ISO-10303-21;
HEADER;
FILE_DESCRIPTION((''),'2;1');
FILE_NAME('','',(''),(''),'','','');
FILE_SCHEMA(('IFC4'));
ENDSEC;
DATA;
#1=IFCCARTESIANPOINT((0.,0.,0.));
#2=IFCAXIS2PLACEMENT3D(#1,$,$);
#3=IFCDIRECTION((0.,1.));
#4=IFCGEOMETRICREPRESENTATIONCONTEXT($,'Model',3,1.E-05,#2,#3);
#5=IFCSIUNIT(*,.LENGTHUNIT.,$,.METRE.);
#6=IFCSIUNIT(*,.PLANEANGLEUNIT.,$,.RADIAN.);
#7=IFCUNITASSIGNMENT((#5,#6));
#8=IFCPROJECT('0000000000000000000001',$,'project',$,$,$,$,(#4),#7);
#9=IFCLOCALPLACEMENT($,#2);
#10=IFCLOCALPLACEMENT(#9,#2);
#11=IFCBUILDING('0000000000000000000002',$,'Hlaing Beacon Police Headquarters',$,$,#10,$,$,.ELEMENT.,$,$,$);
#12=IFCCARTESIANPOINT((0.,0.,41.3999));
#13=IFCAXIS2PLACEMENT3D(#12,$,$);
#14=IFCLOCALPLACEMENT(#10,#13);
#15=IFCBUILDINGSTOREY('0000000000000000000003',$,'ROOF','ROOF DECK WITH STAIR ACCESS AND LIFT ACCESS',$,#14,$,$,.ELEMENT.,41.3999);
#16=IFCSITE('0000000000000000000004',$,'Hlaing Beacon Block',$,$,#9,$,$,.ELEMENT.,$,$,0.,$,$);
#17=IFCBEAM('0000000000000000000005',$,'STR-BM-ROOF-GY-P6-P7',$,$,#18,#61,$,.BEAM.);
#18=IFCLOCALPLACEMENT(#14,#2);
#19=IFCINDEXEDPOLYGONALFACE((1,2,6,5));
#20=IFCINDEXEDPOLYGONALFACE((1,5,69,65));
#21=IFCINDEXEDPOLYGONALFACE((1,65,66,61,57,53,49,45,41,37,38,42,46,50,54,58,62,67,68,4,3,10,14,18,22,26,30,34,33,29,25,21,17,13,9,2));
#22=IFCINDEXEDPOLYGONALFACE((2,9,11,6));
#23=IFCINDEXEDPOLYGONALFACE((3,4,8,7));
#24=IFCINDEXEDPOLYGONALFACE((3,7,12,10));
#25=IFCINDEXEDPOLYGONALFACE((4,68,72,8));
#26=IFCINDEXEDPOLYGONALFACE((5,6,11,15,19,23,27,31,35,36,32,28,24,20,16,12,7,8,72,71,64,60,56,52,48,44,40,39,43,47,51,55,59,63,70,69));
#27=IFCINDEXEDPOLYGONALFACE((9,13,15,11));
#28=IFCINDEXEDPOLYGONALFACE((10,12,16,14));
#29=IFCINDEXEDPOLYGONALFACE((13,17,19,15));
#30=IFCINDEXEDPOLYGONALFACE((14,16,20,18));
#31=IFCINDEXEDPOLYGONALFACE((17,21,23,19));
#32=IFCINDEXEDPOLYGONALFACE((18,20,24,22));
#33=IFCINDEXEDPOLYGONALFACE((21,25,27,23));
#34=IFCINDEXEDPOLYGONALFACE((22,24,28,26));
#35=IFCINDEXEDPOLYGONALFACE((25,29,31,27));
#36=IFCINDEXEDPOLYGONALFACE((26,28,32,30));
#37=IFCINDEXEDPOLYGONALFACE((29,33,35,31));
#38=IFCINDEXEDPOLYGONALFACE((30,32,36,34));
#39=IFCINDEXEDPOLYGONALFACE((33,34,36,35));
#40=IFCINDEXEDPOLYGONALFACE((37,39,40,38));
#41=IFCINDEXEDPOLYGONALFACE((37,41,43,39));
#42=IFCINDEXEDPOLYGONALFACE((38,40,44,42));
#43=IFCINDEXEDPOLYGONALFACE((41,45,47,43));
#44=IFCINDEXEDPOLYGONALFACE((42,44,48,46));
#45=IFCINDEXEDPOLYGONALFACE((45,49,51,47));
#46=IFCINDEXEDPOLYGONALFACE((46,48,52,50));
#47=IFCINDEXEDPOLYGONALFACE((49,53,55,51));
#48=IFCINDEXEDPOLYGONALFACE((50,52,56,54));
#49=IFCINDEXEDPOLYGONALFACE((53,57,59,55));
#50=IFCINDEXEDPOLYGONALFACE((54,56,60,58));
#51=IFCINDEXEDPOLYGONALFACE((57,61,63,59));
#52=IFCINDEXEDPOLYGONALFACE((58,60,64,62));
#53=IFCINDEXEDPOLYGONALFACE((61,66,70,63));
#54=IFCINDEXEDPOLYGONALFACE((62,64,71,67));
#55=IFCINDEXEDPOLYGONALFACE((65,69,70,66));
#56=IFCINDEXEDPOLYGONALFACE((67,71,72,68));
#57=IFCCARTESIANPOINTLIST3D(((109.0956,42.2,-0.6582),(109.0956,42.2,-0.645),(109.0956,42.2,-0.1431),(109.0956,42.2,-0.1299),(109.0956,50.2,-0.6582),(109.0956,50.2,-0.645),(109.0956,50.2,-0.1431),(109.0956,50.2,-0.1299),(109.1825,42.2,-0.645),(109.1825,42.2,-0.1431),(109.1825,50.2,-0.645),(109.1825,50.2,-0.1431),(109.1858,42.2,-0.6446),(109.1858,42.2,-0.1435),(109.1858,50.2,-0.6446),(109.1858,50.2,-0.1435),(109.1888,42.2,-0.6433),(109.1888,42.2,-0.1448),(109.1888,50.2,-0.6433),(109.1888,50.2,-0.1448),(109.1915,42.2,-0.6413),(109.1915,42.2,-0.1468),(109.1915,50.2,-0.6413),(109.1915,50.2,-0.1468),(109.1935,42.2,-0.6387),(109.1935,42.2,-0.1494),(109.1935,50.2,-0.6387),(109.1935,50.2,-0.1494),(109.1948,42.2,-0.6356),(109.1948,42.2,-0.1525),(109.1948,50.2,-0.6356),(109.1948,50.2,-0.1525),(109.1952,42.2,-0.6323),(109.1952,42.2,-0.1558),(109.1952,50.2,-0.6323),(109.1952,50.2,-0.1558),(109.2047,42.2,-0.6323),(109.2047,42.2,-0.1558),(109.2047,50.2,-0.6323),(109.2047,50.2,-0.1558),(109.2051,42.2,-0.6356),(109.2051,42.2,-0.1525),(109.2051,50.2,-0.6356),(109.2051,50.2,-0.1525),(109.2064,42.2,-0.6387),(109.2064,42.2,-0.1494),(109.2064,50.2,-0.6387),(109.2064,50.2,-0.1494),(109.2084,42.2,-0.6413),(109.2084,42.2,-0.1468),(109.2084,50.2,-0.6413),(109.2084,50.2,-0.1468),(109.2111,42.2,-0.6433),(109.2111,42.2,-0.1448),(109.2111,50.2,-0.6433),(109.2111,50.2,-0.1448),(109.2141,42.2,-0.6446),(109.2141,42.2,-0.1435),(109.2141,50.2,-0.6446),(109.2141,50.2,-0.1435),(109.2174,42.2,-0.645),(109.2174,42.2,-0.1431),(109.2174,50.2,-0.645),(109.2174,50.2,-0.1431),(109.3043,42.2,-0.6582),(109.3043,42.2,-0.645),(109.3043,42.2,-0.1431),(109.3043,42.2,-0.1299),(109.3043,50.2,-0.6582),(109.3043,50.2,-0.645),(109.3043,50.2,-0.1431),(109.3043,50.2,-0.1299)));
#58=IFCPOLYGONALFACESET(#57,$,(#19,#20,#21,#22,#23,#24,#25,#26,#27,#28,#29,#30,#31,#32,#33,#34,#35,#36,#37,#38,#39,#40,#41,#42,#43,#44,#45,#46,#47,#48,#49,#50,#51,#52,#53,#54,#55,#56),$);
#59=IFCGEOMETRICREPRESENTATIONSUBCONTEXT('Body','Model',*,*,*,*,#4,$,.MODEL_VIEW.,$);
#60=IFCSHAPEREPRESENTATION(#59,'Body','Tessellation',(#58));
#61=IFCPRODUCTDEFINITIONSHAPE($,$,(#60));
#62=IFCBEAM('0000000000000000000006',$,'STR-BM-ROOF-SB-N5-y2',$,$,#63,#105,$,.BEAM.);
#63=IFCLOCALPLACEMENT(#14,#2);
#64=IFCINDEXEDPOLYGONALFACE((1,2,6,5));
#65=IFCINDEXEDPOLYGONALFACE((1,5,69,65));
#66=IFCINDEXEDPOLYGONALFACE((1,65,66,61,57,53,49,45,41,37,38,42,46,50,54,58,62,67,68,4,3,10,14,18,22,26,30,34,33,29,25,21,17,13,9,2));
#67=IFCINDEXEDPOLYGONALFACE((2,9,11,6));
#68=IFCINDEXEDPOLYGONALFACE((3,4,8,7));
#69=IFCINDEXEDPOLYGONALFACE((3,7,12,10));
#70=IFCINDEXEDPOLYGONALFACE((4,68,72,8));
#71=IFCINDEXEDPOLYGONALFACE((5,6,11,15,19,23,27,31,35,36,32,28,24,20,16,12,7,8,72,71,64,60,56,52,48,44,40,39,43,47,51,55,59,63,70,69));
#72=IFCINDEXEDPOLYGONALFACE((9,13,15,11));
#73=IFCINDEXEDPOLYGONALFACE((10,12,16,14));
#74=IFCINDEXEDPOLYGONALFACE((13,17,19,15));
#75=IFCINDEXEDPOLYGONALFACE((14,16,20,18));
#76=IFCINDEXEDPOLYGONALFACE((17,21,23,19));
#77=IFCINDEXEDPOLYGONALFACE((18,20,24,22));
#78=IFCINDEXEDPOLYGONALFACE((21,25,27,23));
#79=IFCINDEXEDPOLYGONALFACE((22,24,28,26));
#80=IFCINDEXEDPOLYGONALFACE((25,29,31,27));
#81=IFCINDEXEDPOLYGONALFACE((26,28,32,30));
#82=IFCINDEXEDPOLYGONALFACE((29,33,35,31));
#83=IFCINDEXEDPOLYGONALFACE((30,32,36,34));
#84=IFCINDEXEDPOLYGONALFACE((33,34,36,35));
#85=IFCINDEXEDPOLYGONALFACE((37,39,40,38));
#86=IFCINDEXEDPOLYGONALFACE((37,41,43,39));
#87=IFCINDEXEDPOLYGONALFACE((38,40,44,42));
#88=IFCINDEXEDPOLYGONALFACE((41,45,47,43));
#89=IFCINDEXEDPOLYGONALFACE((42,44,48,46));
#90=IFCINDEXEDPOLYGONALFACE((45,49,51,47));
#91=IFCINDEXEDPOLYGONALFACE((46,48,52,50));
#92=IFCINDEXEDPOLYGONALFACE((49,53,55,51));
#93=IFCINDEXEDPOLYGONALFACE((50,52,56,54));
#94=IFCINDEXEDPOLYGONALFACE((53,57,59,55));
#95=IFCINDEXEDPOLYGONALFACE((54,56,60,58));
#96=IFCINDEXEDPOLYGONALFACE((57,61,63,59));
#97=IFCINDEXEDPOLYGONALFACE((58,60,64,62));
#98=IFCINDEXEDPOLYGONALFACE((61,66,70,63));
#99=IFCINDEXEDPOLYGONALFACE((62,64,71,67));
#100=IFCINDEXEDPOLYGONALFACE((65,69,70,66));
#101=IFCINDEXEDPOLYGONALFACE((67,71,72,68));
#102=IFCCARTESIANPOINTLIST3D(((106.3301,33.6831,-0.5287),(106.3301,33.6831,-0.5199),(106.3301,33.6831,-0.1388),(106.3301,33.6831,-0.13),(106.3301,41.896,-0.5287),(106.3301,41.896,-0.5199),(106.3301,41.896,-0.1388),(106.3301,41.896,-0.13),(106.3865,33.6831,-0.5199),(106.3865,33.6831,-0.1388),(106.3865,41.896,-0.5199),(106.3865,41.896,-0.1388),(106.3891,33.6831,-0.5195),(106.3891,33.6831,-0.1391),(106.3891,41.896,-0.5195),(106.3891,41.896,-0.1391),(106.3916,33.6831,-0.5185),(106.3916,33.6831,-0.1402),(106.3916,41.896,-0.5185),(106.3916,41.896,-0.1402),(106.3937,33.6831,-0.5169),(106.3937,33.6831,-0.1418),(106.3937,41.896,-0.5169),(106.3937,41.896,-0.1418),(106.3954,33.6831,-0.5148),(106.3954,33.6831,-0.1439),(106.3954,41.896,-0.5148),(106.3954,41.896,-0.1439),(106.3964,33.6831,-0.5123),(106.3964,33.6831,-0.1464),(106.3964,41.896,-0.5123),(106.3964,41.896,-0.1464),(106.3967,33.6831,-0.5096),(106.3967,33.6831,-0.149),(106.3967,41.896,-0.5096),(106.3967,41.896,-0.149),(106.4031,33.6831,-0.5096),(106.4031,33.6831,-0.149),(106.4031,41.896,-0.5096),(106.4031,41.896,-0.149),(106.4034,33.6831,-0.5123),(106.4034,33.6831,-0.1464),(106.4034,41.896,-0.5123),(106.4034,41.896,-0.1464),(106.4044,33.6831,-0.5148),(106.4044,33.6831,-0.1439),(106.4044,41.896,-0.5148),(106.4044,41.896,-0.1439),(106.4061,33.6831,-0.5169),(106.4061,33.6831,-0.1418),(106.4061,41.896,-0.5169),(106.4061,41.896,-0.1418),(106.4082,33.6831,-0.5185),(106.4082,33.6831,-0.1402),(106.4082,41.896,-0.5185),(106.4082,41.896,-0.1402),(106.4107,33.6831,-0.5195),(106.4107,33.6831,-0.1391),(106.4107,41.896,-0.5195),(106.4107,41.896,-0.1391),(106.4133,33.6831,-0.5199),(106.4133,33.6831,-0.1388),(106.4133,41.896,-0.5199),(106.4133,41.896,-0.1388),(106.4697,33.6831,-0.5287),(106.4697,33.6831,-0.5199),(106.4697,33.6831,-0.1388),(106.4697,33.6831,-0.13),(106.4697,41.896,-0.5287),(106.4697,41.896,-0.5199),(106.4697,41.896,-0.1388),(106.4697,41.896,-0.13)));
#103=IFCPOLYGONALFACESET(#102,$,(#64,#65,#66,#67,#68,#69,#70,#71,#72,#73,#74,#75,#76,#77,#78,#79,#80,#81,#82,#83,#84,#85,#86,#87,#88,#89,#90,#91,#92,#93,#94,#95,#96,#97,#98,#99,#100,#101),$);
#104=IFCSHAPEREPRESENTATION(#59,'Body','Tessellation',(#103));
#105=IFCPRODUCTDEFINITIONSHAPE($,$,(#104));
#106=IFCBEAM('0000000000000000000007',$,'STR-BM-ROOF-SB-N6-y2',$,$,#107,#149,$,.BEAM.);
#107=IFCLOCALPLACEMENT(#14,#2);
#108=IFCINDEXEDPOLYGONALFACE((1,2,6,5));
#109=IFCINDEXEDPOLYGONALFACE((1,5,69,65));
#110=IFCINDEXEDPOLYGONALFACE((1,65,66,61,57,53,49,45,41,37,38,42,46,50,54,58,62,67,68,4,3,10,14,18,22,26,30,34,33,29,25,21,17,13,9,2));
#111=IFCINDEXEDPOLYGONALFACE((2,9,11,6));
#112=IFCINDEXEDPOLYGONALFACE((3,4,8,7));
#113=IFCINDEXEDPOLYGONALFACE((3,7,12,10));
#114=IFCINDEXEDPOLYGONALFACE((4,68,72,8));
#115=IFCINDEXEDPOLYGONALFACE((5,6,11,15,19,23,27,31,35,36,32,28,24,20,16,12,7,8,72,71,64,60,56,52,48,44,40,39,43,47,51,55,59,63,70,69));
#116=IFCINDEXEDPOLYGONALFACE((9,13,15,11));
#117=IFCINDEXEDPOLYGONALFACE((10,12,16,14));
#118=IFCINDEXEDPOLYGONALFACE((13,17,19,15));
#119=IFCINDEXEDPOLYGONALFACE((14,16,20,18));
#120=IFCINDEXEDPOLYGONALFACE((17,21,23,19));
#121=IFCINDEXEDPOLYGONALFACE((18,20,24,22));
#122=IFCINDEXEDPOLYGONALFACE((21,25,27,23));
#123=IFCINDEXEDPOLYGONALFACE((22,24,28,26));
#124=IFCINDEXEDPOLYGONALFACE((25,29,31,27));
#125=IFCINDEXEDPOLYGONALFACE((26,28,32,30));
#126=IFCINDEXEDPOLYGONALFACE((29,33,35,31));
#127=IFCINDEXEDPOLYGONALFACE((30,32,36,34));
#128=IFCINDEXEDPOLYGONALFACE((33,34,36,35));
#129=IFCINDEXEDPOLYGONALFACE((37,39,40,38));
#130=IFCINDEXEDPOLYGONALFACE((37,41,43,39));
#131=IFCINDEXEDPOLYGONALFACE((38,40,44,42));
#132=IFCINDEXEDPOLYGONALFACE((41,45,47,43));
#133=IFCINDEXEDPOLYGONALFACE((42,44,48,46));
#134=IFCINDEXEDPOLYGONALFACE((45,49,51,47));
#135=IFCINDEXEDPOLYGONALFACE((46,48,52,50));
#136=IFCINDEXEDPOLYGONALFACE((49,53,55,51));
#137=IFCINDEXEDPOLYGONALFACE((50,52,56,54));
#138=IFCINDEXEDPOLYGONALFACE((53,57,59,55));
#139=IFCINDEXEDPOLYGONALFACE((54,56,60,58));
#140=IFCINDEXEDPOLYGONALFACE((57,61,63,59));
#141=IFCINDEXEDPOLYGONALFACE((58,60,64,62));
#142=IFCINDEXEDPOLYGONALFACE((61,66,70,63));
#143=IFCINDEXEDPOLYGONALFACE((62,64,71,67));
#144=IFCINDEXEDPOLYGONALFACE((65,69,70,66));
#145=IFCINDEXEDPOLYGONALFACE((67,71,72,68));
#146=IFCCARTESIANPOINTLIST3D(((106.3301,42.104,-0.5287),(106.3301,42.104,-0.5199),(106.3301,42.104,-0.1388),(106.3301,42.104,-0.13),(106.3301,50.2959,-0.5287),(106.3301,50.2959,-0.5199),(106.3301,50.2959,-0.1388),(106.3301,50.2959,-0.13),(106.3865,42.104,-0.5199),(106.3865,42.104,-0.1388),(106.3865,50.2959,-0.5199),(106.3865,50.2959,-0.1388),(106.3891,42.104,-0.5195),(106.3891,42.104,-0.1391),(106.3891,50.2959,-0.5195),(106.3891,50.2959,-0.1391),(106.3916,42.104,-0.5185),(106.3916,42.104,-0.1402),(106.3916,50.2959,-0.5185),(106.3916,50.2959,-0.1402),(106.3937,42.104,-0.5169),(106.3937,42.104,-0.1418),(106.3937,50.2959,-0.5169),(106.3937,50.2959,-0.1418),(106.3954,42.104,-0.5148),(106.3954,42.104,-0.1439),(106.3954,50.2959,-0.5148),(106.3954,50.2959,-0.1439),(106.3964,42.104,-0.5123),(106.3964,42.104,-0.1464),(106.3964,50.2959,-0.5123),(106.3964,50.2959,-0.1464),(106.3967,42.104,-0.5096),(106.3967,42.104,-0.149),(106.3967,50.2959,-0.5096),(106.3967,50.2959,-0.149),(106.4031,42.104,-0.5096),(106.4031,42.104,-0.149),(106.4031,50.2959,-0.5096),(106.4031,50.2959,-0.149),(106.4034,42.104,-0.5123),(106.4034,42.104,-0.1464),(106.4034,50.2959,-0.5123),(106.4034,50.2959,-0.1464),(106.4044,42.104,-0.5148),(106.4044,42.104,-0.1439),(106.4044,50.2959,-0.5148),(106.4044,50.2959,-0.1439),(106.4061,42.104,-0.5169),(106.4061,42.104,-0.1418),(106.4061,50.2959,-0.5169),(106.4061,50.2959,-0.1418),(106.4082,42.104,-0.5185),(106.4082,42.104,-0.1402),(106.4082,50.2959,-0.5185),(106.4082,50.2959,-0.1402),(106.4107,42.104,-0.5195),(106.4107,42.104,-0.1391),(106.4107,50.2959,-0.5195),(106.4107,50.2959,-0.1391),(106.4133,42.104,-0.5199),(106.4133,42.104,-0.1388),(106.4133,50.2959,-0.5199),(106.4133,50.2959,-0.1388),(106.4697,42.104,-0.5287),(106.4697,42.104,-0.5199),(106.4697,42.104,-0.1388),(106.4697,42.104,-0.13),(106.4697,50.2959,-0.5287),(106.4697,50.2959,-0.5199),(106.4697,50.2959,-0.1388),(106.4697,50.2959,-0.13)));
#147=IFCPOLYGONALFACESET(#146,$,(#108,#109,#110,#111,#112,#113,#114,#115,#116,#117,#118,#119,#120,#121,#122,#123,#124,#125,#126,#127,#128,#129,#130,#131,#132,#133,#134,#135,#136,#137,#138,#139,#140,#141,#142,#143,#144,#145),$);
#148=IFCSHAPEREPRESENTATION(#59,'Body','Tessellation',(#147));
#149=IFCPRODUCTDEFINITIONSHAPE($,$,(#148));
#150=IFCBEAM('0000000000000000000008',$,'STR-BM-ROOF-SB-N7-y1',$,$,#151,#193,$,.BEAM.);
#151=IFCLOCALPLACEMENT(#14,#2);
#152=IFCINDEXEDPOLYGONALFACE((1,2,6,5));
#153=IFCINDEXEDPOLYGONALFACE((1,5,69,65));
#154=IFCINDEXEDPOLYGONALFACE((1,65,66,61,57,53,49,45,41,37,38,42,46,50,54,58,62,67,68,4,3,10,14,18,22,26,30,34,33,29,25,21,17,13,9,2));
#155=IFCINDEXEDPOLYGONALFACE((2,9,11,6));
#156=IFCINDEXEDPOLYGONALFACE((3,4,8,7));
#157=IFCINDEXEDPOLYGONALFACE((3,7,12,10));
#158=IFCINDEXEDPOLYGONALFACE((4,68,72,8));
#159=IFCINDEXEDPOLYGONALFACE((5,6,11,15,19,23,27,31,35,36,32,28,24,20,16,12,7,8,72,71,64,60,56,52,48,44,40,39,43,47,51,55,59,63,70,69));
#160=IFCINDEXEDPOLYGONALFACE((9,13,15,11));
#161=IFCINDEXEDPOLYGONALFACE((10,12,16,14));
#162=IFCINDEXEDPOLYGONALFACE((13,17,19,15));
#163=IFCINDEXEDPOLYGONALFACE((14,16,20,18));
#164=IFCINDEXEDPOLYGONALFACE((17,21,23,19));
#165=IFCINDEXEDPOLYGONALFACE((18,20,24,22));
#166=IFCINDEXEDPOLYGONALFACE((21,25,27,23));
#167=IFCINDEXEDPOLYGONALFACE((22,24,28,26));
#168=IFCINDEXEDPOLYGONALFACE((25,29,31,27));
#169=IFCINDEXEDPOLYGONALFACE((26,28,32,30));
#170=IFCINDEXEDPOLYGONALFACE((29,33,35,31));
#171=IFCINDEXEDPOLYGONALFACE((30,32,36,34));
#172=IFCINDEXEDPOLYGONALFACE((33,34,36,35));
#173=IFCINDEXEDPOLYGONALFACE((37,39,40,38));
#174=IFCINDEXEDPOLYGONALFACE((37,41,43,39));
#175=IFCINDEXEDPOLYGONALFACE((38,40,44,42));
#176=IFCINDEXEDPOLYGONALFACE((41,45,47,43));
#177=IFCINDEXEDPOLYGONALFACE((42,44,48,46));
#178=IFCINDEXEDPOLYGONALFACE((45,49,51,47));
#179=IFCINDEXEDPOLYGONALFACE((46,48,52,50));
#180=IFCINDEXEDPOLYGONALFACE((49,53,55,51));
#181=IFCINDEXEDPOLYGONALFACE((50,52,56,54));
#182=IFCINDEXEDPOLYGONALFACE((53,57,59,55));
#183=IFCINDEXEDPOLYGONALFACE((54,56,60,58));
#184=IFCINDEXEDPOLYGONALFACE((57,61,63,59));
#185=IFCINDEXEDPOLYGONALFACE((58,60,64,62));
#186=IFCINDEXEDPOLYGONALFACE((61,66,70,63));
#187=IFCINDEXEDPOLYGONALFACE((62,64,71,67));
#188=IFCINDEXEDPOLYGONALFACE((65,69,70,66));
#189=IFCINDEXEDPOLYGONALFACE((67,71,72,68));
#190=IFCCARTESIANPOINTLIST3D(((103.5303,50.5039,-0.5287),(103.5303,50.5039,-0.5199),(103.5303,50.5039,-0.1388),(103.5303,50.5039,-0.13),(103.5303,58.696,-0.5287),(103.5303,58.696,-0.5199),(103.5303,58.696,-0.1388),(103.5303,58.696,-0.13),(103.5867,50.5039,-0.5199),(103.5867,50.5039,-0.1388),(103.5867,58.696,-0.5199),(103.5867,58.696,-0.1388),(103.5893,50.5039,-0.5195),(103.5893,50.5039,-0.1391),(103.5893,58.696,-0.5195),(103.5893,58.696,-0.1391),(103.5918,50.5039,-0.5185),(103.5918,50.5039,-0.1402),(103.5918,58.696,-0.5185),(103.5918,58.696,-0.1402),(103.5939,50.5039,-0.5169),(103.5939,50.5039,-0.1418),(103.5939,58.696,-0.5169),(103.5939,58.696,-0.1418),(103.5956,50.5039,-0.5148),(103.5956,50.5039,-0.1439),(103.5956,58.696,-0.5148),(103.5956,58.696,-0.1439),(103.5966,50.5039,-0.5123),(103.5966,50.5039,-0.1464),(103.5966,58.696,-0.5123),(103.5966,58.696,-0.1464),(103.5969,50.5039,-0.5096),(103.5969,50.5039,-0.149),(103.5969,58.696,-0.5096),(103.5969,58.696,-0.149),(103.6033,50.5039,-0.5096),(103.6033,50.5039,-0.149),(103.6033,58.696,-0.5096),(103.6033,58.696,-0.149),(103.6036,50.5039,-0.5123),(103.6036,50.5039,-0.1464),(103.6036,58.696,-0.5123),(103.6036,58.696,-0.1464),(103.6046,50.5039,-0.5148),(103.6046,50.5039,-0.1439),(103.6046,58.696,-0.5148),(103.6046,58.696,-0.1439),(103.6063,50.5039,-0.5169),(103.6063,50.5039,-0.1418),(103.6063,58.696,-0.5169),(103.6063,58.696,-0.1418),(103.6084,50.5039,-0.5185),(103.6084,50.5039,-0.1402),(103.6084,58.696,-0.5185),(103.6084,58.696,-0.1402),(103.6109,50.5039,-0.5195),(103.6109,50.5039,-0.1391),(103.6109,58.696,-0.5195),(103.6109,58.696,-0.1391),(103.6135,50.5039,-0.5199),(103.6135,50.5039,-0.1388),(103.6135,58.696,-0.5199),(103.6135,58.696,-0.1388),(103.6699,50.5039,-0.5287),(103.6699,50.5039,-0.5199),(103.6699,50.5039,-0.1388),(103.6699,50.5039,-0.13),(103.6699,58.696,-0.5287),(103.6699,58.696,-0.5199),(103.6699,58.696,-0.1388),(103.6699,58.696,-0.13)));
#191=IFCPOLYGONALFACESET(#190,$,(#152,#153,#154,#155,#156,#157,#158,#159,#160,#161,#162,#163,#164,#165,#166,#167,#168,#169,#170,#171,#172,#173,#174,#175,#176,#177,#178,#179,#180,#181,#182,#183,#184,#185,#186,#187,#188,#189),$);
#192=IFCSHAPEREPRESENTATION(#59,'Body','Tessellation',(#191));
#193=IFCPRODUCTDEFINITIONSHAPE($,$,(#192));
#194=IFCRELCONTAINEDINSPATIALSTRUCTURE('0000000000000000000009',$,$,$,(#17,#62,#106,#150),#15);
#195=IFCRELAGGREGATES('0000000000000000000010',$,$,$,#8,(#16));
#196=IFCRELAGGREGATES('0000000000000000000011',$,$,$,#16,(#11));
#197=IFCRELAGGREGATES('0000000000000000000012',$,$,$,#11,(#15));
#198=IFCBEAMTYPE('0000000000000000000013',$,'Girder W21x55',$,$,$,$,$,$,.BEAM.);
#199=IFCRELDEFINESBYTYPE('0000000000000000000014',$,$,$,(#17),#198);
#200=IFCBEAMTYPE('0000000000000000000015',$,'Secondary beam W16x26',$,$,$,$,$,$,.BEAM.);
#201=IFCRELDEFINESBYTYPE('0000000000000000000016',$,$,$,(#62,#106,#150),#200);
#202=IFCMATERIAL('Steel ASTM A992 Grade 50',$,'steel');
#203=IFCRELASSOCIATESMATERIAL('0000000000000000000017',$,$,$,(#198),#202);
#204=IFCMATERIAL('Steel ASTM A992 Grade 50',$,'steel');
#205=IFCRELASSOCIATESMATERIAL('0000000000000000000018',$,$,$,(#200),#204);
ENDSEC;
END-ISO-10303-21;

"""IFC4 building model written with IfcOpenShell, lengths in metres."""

from ifc_helpers import new_model, si_unit, direction, frame, origin, origin_2d, place, context, subcontext, project, spatial, i_section, extrude, material, material_profile, profile_set, type_object, element, save


model = new_model("IFC4")

# Units and contexts
model_context = context("Model", 3, precision=1e-05, world=origin(), true_north=direction((0.0, 1.0)))
body_context = subcontext(model_context, "Body", "Model", "MODEL_VIEW")
ifc_project = project(units=[si_unit("LENGTHUNIT", "METRE"), si_unit("PLANEANGLEUNIT", "RADIAN")], contexts=[model_context])

# Site, building, storey
site_placement = place(None, origin())
site = spatial("IfcSite", under=ifc_project, at=site_placement, Name="Hlaing Beacon Block", CompositionType="ELEMENT", RefElevation=0.0)
building_placement = place(site_placement, origin())
building = spatial("IfcBuilding", under=site, at=building_placement, Name="Hlaing Beacon Police Headquarters", CompositionType="ELEMENT")
storey_placement = place(building_placement, frame((0.0, 0.0, 41.3999)))
storey = spatial("IfcBuildingStorey", under=building, at=storey_placement, Name="ROOF", Description="ROOF DECK WITH STAIR ACCESS AND LIFT ACCESS", CompositionType="ELEMENT", Elevation=41.3999)

# Beams
ifc_material_1 = material(Name="Steel ASTM A992 Grade 50", Category="steel")
ifc_material_profile_1 = material_profile(ifc_material_1, i_section(OverallWidth=0.2087, OverallDepth=0.5283, WebThickness=0.0095, FlangeThickness=0.0132, FilletRadius=0.0127, at=origin_2d()), Name="W21x55")
ifc_profile_set_1 = profile_set([ifc_material_profile_1], Name="Steel ASTM A992 Grade 50")
beam_type_1 = type_object("IfcBeamType", Name="Girder W21x55", PredefinedType="BEAM", material=ifc_profile_set_1)
beam_1_placement = place(storey_placement, frame((109.2, 42.2, -0.394), z_axis=(0.0, 1.0, 0.0), x_axis=(-1.0, 0.0, 0.0)))
element("IfcBeam", 1, at=beam_1_placement, inside=storey, type_object=beam_type_1, Name="STR-BM-ROOF-GY-P6-P7", PredefinedType="BEAM", context=body_context, shape_type="SweptSolid", body=[
    extrude(i_section(OverallWidth=0.2087, OverallDepth=0.5283, WebThickness=0.0095, FlangeThickness=0.0132, FilletRadius=0.0127, at=origin_2d()), origin(), (0.0, 0.0, 1.0), 8.0),
])
ifc_material_2 = material(Name="Steel ASTM A992 Grade 50", Category="steel")
ifc_material_profile_2 = material_profile(ifc_material_2, i_section(OverallWidth=0.1396, OverallDepth=0.3987, WebThickness=0.0063, FlangeThickness=0.0088, FilletRadius=0.0103, at=origin_2d()), Name="W16x26")
ifc_profile_set_2 = profile_set([ifc_material_profile_2], Name="Steel ASTM A992 Grade 50")
beam_type_2 = type_object("IfcBeamType", Name="Secondary beam W16x26", PredefinedType="BEAM", material=ifc_profile_set_2)
beam_2_placement = place(storey_placement, frame((106.3999, 33.6831, -0.3293), z_axis=(0.0, 1.0, 0.0), x_axis=(-1.0, 0.0, 0.0)))
element("IfcBeam", 2, at=beam_2_placement, inside=storey, type_object=beam_type_2, Name="STR-BM-ROOF-SB-N5-y2", PredefinedType="BEAM", context=body_context, shape_type="SweptSolid", body=[
    extrude(i_section(OverallWidth=0.1396, OverallDepth=0.3987, WebThickness=0.0063, FlangeThickness=0.0088, FilletRadius=0.0103, at=origin_2d()), origin(), (0.0, 0.0, 1.0), 8.2129),
])
beam_3_placement = place(storey_placement, frame((106.3999, 42.104, -0.3293), z_axis=(0.0, 1.0, 0.0), x_axis=(-1.0, 0.0, 0.0)))
element("IfcBeam", 3, at=beam_3_placement, inside=storey, type_object=beam_type_2, Name="STR-BM-ROOF-SB-N6-y2", PredefinedType="BEAM", context=body_context, shape_type="SweptSolid", body=[
    extrude(i_section(OverallWidth=0.1396, OverallDepth=0.3987, WebThickness=0.0063, FlangeThickness=0.0088, FilletRadius=0.0103, at=origin_2d()), origin(), (0.0, 0.0, 1.0), 8.1919),
])
for number, where, z_axis, x_axis, name in (
    (4, (103.6001, 50.5039, -0.3293), (0.0, 1.0, 0.0), (-1.0, 0.0, 0.0), "STR-BM-ROOF-SB-N7-y1"),
):
    element("IfcBeam", number, at=place(storey_placement, frame(where, z_axis=z_axis, x_axis=x_axis)), inside=storey, type_object=beam_type_2, Name=name, PredefinedType="BEAM", context=body_context, shape_type="SweptSolid", body=[
        extrude(i_section(OverallWidth=0.1396, OverallDepth=0.3987, WebThickness=0.0063, FlangeThickness=0.0088, FilletRadius=0.0103, at=origin_2d()), origin(), (0.0, 0.0, 1.0), 8.1921),
    ])

save(model, "model.ifc")
